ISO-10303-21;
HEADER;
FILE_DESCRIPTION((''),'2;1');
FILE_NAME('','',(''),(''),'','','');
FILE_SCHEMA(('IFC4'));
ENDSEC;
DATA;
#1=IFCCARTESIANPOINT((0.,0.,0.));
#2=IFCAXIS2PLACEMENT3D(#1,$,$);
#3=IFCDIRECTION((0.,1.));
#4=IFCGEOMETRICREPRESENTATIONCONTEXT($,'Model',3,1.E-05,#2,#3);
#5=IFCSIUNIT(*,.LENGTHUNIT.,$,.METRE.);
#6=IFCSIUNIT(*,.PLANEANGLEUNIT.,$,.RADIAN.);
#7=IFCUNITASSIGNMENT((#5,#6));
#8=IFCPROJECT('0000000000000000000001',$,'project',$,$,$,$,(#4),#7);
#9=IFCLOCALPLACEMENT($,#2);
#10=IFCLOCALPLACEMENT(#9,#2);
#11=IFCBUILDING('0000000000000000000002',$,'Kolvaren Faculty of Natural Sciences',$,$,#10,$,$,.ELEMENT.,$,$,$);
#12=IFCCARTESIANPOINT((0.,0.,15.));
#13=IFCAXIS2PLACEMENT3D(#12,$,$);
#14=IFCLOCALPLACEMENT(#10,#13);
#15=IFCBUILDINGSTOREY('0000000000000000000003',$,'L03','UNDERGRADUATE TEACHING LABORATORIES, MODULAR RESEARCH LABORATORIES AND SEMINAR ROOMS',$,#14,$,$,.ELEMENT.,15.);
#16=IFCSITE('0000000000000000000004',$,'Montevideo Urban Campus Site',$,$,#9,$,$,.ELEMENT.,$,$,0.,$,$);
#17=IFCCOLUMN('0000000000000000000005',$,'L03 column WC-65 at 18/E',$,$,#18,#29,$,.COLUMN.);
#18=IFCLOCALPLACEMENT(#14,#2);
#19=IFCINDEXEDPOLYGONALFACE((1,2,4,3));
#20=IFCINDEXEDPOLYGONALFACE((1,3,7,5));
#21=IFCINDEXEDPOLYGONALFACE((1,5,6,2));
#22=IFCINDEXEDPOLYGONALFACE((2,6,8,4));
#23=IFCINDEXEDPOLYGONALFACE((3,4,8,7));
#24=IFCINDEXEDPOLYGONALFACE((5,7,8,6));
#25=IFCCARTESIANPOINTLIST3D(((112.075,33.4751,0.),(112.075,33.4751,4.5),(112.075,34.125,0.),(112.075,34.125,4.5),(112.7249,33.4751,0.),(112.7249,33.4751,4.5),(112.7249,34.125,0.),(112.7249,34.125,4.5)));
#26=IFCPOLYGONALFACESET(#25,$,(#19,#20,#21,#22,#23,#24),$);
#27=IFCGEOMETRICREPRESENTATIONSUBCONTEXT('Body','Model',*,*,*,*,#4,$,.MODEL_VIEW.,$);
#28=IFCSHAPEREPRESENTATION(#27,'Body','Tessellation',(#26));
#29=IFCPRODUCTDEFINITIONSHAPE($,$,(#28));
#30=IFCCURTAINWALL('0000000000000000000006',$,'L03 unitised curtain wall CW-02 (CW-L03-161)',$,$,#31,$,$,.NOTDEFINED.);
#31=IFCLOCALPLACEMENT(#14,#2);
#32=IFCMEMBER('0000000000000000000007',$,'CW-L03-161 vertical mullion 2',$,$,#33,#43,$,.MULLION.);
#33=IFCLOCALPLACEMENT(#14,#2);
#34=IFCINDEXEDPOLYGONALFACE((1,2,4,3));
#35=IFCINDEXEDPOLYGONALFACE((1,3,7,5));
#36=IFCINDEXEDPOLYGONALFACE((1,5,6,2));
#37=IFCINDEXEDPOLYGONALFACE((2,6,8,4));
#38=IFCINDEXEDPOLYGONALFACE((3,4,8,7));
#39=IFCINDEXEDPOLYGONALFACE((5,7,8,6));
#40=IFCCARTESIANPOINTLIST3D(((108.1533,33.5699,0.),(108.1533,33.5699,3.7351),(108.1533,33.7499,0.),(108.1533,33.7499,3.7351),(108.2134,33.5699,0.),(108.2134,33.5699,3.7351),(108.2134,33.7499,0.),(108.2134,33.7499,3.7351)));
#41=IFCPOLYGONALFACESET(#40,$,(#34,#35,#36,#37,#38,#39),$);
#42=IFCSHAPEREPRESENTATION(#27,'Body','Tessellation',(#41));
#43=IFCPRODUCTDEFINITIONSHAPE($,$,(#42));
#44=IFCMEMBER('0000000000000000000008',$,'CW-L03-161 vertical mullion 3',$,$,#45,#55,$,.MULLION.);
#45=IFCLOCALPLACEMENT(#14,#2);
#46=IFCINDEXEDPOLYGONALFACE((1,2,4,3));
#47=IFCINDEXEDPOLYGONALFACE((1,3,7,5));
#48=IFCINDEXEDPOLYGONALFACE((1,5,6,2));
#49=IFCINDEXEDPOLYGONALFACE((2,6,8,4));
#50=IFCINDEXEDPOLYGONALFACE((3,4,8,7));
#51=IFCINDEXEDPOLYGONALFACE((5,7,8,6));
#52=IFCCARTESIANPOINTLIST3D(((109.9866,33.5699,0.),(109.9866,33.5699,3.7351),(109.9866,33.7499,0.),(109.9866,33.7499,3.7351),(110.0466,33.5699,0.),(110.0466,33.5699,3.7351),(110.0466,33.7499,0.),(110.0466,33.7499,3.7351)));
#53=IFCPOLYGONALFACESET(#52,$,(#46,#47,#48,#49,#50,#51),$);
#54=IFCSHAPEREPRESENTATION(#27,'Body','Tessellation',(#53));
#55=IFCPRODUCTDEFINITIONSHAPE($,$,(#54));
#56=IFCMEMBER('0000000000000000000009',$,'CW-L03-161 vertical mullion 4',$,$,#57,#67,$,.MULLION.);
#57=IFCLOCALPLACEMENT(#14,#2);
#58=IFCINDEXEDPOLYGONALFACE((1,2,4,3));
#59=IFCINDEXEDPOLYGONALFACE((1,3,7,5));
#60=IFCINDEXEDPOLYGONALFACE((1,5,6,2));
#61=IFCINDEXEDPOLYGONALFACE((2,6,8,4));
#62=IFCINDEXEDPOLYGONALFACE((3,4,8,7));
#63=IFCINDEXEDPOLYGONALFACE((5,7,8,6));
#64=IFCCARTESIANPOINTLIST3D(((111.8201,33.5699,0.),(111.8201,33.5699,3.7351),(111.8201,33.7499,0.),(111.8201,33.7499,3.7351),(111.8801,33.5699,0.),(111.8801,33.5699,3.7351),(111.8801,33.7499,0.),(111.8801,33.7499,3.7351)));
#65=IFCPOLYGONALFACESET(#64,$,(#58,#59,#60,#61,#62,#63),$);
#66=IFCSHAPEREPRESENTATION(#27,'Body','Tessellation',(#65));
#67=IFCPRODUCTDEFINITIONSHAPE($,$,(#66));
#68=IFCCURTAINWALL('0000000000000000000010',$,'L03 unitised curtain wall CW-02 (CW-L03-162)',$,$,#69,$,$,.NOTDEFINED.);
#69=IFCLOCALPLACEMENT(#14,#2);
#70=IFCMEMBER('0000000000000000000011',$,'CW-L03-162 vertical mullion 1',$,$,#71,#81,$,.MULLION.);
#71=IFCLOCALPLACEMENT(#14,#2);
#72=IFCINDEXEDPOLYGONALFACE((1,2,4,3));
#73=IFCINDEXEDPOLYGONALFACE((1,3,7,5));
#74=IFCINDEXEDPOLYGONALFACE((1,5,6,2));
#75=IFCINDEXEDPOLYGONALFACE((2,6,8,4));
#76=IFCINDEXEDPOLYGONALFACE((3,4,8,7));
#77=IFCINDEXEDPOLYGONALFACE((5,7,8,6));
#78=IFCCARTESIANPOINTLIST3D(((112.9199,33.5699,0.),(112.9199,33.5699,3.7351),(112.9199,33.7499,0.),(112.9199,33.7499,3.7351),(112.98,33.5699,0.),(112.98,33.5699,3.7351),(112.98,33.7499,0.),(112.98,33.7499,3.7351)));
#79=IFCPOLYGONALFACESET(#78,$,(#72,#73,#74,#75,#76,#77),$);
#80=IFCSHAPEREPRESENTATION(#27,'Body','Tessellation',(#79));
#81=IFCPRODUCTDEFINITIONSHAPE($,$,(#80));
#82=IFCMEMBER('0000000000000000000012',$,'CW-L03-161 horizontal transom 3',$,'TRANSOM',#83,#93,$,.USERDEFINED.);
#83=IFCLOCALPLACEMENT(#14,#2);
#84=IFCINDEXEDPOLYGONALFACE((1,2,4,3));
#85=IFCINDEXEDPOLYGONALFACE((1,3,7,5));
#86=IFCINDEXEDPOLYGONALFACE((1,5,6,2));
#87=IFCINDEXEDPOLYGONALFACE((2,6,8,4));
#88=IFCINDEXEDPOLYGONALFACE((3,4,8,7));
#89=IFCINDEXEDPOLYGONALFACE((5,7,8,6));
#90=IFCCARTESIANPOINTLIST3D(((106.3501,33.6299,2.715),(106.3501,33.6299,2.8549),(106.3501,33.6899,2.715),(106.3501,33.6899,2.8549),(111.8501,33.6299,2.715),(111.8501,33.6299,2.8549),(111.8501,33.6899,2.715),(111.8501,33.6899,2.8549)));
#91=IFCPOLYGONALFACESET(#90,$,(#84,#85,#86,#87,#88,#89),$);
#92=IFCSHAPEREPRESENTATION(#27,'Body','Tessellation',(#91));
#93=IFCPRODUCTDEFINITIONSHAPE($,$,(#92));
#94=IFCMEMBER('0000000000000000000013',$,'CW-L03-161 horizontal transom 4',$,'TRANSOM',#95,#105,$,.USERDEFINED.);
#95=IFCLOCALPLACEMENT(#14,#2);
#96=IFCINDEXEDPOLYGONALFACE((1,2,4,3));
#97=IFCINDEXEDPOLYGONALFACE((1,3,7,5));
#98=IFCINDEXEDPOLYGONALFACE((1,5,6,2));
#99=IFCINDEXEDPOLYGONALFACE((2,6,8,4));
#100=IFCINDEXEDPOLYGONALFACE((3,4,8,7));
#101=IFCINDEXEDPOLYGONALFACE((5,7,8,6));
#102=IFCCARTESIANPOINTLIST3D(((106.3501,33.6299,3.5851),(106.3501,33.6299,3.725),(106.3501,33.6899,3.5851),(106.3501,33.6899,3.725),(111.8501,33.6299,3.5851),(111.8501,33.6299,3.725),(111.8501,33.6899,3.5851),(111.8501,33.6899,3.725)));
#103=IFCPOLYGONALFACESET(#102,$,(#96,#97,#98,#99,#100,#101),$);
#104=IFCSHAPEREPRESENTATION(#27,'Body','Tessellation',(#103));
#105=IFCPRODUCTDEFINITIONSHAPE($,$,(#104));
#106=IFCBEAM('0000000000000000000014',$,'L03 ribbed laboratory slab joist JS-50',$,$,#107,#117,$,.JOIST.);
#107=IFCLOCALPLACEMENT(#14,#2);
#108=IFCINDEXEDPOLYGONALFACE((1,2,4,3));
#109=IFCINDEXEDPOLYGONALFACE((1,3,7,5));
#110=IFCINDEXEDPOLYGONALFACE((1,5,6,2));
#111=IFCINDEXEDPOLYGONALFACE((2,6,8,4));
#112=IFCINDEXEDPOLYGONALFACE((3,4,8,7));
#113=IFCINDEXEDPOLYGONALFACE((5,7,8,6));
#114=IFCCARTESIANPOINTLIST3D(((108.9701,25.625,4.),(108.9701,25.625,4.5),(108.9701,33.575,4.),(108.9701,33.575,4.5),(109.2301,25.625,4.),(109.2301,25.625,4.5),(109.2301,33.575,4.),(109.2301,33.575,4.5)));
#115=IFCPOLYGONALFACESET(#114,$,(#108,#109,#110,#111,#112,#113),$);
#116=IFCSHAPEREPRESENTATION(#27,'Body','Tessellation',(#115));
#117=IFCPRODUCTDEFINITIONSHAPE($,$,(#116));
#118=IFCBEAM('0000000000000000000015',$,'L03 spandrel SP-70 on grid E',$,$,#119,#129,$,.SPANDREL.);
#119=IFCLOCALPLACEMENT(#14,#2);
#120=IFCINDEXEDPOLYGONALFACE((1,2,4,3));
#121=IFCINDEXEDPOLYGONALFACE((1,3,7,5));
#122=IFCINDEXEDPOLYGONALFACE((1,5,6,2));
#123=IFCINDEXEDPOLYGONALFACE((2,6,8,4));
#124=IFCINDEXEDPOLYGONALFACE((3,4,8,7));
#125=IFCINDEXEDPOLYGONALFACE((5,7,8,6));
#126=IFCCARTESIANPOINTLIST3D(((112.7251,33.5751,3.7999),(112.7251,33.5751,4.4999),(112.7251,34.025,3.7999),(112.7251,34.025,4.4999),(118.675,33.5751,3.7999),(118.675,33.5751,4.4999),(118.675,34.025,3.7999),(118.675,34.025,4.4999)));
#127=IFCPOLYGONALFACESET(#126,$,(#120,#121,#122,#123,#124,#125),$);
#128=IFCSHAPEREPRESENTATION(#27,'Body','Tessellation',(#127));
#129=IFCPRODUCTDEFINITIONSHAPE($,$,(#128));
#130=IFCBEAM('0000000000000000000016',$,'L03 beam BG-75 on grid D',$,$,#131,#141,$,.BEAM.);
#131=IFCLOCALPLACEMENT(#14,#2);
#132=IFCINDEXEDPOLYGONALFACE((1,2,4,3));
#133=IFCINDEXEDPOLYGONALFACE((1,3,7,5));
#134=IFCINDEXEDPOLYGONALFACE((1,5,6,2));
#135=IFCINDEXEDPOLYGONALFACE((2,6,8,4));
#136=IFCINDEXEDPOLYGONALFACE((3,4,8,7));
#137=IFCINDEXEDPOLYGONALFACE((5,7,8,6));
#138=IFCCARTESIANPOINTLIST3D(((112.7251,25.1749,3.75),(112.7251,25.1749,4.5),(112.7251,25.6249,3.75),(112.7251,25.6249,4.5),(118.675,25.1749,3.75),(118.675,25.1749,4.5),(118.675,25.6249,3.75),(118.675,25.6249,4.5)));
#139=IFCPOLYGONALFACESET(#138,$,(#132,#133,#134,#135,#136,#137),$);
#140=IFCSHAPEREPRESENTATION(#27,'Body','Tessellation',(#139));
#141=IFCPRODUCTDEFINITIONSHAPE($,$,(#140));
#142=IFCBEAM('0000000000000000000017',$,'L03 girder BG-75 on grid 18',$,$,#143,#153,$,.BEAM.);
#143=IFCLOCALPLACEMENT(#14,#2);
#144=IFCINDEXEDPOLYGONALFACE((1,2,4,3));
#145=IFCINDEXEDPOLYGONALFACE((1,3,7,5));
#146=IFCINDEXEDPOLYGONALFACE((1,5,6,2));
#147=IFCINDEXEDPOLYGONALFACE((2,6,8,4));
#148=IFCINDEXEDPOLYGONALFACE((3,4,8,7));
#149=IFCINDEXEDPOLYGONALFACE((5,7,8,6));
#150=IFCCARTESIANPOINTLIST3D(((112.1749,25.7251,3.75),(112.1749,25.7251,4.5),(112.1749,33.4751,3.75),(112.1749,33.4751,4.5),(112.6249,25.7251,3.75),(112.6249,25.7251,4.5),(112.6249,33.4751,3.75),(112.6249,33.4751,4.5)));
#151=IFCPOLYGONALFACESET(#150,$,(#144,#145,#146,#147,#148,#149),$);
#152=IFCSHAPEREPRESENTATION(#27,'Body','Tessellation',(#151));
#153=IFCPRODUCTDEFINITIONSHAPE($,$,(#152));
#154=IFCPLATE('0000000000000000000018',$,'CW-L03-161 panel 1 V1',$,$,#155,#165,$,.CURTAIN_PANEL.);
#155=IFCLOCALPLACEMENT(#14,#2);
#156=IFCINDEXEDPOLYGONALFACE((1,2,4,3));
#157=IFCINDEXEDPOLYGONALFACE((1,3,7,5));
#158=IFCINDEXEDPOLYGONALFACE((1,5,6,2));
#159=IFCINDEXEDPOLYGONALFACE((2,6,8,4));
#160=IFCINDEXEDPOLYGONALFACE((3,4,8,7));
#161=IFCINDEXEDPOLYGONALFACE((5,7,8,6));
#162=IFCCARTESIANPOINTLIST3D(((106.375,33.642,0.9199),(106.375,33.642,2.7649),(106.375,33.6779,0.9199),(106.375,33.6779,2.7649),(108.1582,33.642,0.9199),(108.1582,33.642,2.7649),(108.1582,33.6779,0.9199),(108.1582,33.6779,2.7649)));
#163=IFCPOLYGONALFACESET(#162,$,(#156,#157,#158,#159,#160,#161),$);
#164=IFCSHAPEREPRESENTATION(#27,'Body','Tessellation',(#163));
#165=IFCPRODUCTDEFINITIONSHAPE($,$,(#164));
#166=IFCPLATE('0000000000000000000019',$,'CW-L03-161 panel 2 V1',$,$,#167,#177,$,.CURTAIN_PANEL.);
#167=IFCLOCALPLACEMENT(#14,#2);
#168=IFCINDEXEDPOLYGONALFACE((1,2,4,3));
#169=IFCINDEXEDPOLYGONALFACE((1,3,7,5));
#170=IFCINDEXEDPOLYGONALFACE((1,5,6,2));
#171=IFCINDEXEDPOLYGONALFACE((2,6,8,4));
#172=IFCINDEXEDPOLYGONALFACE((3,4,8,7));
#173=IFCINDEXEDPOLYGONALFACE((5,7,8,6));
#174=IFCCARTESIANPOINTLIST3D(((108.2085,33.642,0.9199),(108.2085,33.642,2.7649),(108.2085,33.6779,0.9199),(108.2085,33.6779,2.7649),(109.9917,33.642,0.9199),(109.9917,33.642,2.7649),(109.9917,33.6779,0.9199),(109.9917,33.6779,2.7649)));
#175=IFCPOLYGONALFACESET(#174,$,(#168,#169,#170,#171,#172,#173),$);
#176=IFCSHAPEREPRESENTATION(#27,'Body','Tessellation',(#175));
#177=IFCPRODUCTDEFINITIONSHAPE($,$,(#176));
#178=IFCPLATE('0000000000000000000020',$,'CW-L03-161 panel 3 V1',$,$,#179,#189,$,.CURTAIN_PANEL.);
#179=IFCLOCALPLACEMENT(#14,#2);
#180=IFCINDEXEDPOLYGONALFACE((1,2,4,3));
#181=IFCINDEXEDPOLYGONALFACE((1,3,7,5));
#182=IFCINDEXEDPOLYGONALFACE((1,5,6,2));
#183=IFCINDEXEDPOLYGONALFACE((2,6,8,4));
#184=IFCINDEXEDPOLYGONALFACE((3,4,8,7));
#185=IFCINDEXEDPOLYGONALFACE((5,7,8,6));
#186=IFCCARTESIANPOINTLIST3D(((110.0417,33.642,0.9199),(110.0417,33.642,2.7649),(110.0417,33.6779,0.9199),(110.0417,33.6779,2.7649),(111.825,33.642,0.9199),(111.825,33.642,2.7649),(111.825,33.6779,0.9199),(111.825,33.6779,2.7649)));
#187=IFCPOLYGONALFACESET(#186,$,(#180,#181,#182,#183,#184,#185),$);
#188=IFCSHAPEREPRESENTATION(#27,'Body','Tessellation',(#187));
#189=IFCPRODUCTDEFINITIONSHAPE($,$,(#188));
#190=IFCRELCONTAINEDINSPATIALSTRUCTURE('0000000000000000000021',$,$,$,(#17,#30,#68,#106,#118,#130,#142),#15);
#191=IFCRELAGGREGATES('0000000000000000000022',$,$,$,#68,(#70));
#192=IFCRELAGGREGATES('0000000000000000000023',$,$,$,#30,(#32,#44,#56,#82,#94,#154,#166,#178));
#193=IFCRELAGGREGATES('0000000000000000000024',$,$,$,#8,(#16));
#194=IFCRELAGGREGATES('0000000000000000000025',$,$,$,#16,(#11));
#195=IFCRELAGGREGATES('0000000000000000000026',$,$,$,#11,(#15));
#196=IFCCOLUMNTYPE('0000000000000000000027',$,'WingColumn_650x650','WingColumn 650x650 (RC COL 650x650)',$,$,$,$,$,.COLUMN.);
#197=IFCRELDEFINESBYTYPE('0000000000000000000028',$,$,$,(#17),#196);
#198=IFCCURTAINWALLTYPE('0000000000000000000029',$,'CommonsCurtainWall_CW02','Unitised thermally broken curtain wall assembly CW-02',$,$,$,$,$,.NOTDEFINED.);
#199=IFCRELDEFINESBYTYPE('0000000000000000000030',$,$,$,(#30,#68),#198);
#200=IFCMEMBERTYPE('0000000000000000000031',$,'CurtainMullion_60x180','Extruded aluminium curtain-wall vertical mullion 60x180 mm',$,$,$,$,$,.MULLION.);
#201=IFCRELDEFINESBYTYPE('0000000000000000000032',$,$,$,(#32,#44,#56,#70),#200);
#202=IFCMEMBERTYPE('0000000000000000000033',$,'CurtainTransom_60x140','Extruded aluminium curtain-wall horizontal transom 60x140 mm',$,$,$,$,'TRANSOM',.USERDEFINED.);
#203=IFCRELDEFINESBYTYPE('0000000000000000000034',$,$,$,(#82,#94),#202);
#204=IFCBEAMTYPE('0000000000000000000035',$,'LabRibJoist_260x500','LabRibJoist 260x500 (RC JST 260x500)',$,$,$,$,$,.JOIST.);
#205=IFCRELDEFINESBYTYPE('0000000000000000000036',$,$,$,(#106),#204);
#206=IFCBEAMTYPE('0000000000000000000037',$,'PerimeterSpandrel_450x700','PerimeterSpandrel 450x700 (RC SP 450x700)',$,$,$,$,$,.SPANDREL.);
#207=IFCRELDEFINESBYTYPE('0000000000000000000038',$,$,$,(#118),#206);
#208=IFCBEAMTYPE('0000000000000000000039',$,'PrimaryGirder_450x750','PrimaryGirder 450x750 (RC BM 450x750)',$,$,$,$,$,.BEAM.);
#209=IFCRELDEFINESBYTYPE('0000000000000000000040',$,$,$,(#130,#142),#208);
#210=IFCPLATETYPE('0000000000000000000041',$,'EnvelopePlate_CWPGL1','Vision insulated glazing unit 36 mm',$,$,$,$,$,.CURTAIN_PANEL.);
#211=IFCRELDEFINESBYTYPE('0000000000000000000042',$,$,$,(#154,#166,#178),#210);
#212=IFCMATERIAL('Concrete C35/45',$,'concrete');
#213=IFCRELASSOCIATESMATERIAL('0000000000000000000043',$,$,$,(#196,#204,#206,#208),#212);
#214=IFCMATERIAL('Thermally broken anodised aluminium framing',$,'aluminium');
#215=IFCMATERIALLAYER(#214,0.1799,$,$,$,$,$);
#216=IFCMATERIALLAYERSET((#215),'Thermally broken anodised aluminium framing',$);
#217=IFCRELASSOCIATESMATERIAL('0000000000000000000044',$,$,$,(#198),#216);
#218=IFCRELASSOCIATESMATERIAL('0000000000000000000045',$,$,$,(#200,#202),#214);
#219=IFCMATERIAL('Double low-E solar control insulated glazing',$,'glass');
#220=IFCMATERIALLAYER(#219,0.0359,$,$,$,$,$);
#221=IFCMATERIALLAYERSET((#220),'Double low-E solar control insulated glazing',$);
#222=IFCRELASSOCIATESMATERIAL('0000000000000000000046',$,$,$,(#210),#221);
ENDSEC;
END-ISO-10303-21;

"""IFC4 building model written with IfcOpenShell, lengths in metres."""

from ifc_helpers import new_model, si_unit, direction, frame, origin, origin_2d, place, context, subcontext, project, spatial, rectangle, extrude, material, layer, layer_set, material_profile, profile_set, type_object, element, aggregate, save


model = new_model("IFC4")

# Units and contexts
model_context = context("Model", 3, precision=1e-05, world=origin(), true_north=direction((0.0, 1.0)))
body_context = subcontext(model_context, "Body", "Model", "MODEL_VIEW")
ifc_project = project(units=[si_unit("LENGTHUNIT", "METRE"), si_unit("PLANEANGLEUNIT", "RADIAN")], contexts=[model_context])

# Site, building, storey
site_placement = place(None, origin())
site = spatial("IfcSite", under=ifc_project, at=site_placement, Name="Montevideo Urban Campus Site", CompositionType="ELEMENT", RefElevation=0.0)
building_placement = place(site_placement, origin())
building = spatial("IfcBuilding", under=site, at=building_placement, Name="Kolvaren Faculty of Natural Sciences", CompositionType="ELEMENT")
storey_placement = place(building_placement, frame((0.0, 0.0, 15.0)))
storey = spatial("IfcBuildingStorey", under=building, at=storey_placement, Name="L03", Description="UNDERGRADUATE TEACHING LABORATORIES, MODULAR RESEARCH LABORATORIES AND SEMINAR ROOMS", CompositionType="ELEMENT", Elevation=15.0)

# Column
ifc_material_1 = material(Name="Concrete C35/45", Category="concrete")
ifc_material_profile_1 = material_profile(ifc_material_1, rectangle(XDim=0.6499, YDim=0.6499, at=origin_2d()), Name="RC COL 650x650")
ifc_profile_set_1 = profile_set([ifc_material_profile_1], Name="Concrete C35/45")
column_type = type_object("IfcColumnType", Name="WingColumn_650x650", Description="WingColumn 650x650 (RC COL 650x650)", PredefinedType="COLUMN", material=ifc_profile_set_1)
column_placement = place(storey_placement, frame((112.3999, 33.8, 0.0), z_axis=(0.0, 0.0, 1.0), x_axis=(1.0, 0.0, 0.0)))
element("IfcColumn", 1, at=column_placement, inside=storey, type_object=column_type, Name="L03 column WC-65 at 18/E", PredefinedType="COLUMN", context=body_context, shape_type="SweptSolid", body=[
    extrude(rectangle(XDim=0.6499, YDim=0.6499, at=origin_2d()), origin(), (0.0, 0.0, 1.0), 4.5),
])

# Curtain wall, members
ifc_material_2 = material(Name="Thermally broken anodised aluminium framing", Category="aluminium")
ifc_layer_1 = layer(ifc_material_2, 0.1799)
ifc_layer_set_1 = layer_set([ifc_layer_1], Name="Thermally broken anodised aluminium framing")
curtain_wall_type = type_object("IfcCurtainWallType", Name="CommonsCurtainWall_CW02", Description="Unitised thermally broken curtain wall assembly CW-02", PredefinedType="NOTDEFINED", material=ifc_layer_set_1)
curtain_wall_1_placement = place(storey_placement, origin())
curtain_wall_1 = element("IfcCurtainWall", 2, at=curtain_wall_1_placement, inside=storey, type_object=curtain_wall_type, Name="L03 unitised curtain wall CW-02 (CW-L03-161)", PredefinedType="NOTDEFINED")
ifc_material_profile_2 = material_profile(ifc_material_2, rectangle(XDim=0.0601, YDim=0.1799, at=origin_2d()), Name="ALU MUL 60x180")
ifc_profile_set_2 = profile_set([ifc_material_profile_2], Name="Thermally broken anodised aluminium framing")
member_type_1 = type_object("IfcMemberType", Name="CurtainMullion_60x180", Description="Extruded aluminium curtain-wall vertical mullion 60x180 mm", PredefinedType="MULLION", material=ifc_profile_set_2)
member_1_placement = place(storey_placement, frame((108.1833, 33.6599, 0.0), z_axis=(0.0, 0.0, 1.0), x_axis=(1.0, 0.0, 0.0)))
member_1 = element("IfcMember", 3, at=member_1_placement, type_object=member_type_1, Name="CW-L03-161 vertical mullion 2", PredefinedType="MULLION", context=body_context, shape_type="SweptSolid", body=[
    extrude(rectangle(XDim=0.0601, YDim=0.1799, at=origin_2d()), origin(), (0.0, 0.0, 1.0), 3.7351),
])
member_2_placement = place(storey_placement, frame((110.0166, 33.6599, 0.0), z_axis=(0.0, 0.0, 1.0), x_axis=(1.0, 0.0, 0.0)))
member_2 = element("IfcMember", 4, at=member_2_placement, type_object=member_type_1, Name="CW-L03-161 vertical mullion 3", PredefinedType="MULLION", context=body_context, shape_type="SweptSolid", body=[
    extrude(rectangle(XDim=0.0601, YDim=0.1799, at=origin_2d()), origin(), (0.0, 0.0, 1.0), 3.7351),
])
member_3_placement = place(storey_placement, frame((111.8501, 33.6599, 0.0), z_axis=(0.0, 0.0, 1.0), x_axis=(1.0, 0.0, 0.0)))
member_3 = element("IfcMember", 5, at=member_3_placement, type_object=member_type_1, Name="CW-L03-161 vertical mullion 4", PredefinedType="MULLION", context=body_context, shape_type="SweptSolid", body=[
    extrude(rectangle(XDim=0.0601, YDim=0.1799, at=origin_2d()), origin(), (0.0, 0.0, 1.0), 3.7351),
])

# Curtain wall, member
curtain_wall_2_placement = place(storey_placement, origin())
curtain_wall_2 = element("IfcCurtainWall", 6, at=curtain_wall_2_placement, inside=storey, type_object=curtain_wall_type, Name="L03 unitised curtain wall CW-02 (CW-L03-162)", PredefinedType="NOTDEFINED")
member_4_placement = place(storey_placement, frame((112.95, 33.6599, 0.0), z_axis=(0.0, 0.0, 1.0), x_axis=(1.0, 0.0, 0.0)))
member_4 = element("IfcMember", 7, at=member_4_placement, type_object=member_type_1, Name="CW-L03-162 vertical mullion 1", PredefinedType="MULLION", context=body_context, shape_type="SweptSolid", body=[
    extrude(rectangle(XDim=0.0601, YDim=0.1799, at=origin_2d()), origin(), (0.0, 0.0, 1.0), 3.7351),
])
aggregate(curtain_wall_2, [member_4])

# Members
ifc_material_profile_3 = material_profile(ifc_material_2, rectangle(XDim=0.0601, YDim=0.1399, at=origin_2d()), Name="ALU TRN 60x140")
ifc_profile_set_3 = profile_set([ifc_material_profile_3], Name="Thermally broken anodised aluminium framing")
member_type_2 = type_object("IfcMemberType", Name="CurtainTransom_60x140", Description="Extruded aluminium curtain-wall horizontal transom 60x140 mm", ElementType="TRANSOM", PredefinedType="USERDEFINED", material=ifc_profile_set_3)
member_5_placement = place(storey_placement, frame((106.3501, 33.6599, 2.7849), z_axis=(1.0, 0.0, 0.0), x_axis=(0.0, 1.0, 0.0)))
member_5 = element("IfcMember", 8, at=member_5_placement, type_object=member_type_2, Name="CW-L03-161 horizontal transom 3", ObjectType="TRANSOM", PredefinedType="USERDEFINED", context=body_context, shape_type="SweptSolid", body=[
    extrude(rectangle(XDim=0.0601, YDim=0.1399, at=origin_2d()), origin(), (0.0, 0.0, 1.0), 5.5),
])
member_6_placement = place(storey_placement, frame((106.3501, 33.6599, 3.655), z_axis=(1.0, 0.0, 0.0), x_axis=(0.0, 1.0, 0.0)))
member_6 = element("IfcMember", 9, at=member_6_placement, type_object=member_type_2, Name="CW-L03-161 horizontal transom 4", ObjectType="TRANSOM", PredefinedType="USERDEFINED", context=body_context, shape_type="SweptSolid", body=[
    extrude(rectangle(XDim=0.0601, YDim=0.1399, at=origin_2d()), origin(), (0.0, 0.0, 1.0), 5.5),
])

# Beams
ifc_material_profile_4 = material_profile(ifc_material_1, rectangle(XDim=0.26, YDim=0.5, at=origin_2d()), Name="RC JST 260x500")
ifc_profile_set_4 = profile_set([ifc_material_profile_4], Name="Concrete C35/45")
beam_type_1 = type_object("IfcBeamType", Name="LabRibJoist_260x500", Description="LabRibJoist 260x500 (RC JST 260x500)", PredefinedType="JOIST", material=ifc_profile_set_4)
beam_1_placement = place(storey_placement, frame((109.1001, 25.625, 4.25), z_axis=(0.0, 1.0, 0.0), x_axis=(-1.0, 0.0, 0.0)))
element("IfcBeam", 10, at=beam_1_placement, inside=storey, type_object=beam_type_1, Name="L03 ribbed laboratory slab joist JS-50", PredefinedType="JOIST", context=body_context, shape_type="SweptSolid", body=[
    extrude(rectangle(XDim=0.26, YDim=0.5, at=origin_2d()), origin(), (0.0, 0.0, 1.0), 7.95),
])
ifc_material_profile_5 = material_profile(ifc_material_1, rectangle(XDim=0.45, YDim=0.7, at=origin_2d()), Name="RC SP 450x700")
ifc_profile_set_5 = profile_set([ifc_material_profile_5], Name="Concrete C35/45")
beam_type_2 = type_object("IfcBeamType", Name="PerimeterSpandrel_450x700", Description="PerimeterSpandrel 450x700 (RC SP 450x700)", PredefinedType="SPANDREL", material=ifc_profile_set_5)
beam_2_placement = place(storey_placement, frame((112.7251, 33.8, 4.1499), z_axis=(1.0, 0.0, 0.0), x_axis=(0.0, 1.0, 0.0)))
element("IfcBeam", 11, at=beam_2_placement, inside=storey, type_object=beam_type_2, Name="L03 spandrel SP-70 on grid E", PredefinedType="SPANDREL", context=body_context, shape_type="SweptSolid", body=[
    extrude(rectangle(XDim=0.45, YDim=0.7, at=origin_2d()), origin(), (0.0, 0.0, 1.0), 5.95),
])
ifc_material_profile_6 = material_profile(ifc_material_1, rectangle(XDim=0.45, YDim=0.75, at=origin_2d()), Name="RC BM 450x750")
ifc_profile_set_6 = profile_set([ifc_material_profile_6], Name="Concrete C35/45")
beam_type_3 = type_object("IfcBeamType", Name="PrimaryGirder_450x750", Description="PrimaryGirder 450x750 (RC BM 450x750)", PredefinedType="BEAM", material=ifc_profile_set_6)
beam_3_placement = place(storey_placement, frame((112.7251, 25.3999, 4.125), z_axis=(1.0, 0.0, 0.0), x_axis=(0.0, 1.0, 0.0)))
element("IfcBeam", 12, at=beam_3_placement, inside=storey, type_object=beam_type_3, Name="L03 beam BG-75 on grid D", PredefinedType="BEAM", context=body_context, shape_type="SweptSolid", body=[
    extrude(rectangle(XDim=0.45, YDim=0.75, at=origin_2d()), origin(), (0.0, 0.0, 1.0), 5.95),
])
beam_4_placement = place(storey_placement, frame((112.3999, 25.7251, 4.125), z_axis=(0.0, 1.0, 0.0), x_axis=(-1.0, 0.0, 0.0)))
element("IfcBeam", 13, at=beam_4_placement, inside=storey, type_object=beam_type_3, Name="L03 girder BG-75 on grid 18", PredefinedType="BEAM", context=body_context, shape_type="SweptSolid", body=[
    extrude(rectangle(XDim=0.45, YDim=0.75, at=origin_2d()), origin(), (0.0, 0.0, 1.0), 7.75),
])

# Plates
ifc_material_3 = material(Name="Double low-E solar control insulated glazing", Category="glass")
ifc_layer_2 = layer(ifc_material_3, 0.0359)
ifc_layer_set_2 = layer_set([ifc_layer_2], Name="Double low-E solar control insulated glazing")
plate_type_1 = type_object("IfcPlateType", Name="EnvelopePlate_CWPGL1", Description="Vision insulated glazing unit 36 mm", PredefinedType="CURTAIN_PANEL", material=ifc_layer_set_2)
plate_1_placement = place(storey_placement, frame((107.2666, 33.6599, 0.9199), z_axis=(0.0, 0.0, 1.0), x_axis=(1.0, 0.0, 0.0)))
plate_1 = element("IfcPlate", 14, at=plate_1_placement, type_object=plate_type_1, Name="CW-L03-161 panel 1 V1", PredefinedType="CURTAIN_PANEL", context=body_context, shape_type="SweptSolid", body=[
    extrude(rectangle(XDim=1.7832, YDim=0.0359, at=origin_2d()), origin(), (0.0, 0.0, 1.0), 1.845),
])
plate_2_placement = place(storey_placement, frame((109.1001, 33.6599, 0.9199), z_axis=(0.0, 0.0, 1.0), x_axis=(1.0, 0.0, 0.0)))
plate_2 = element("IfcPlate", 15, at=plate_2_placement, type_object=plate_type_1, Name="CW-L03-161 panel 2 V1", PredefinedType="CURTAIN_PANEL", context=body_context, shape_type="SweptSolid", body=[
    extrude(rectangle(XDim=1.7832, YDim=0.0359, at=origin_2d()), origin(), (0.0, 0.0, 1.0), 1.845),
])
plate_3_placement = place(storey_placement, frame((110.9333, 33.6599, 0.9199), z_axis=(0.0, 0.0, 1.0), x_axis=(1.0, 0.0, 0.0)))
plate_3 = element("IfcPlate", 16, at=plate_3_placement, type_object=plate_type_1, Name="CW-L03-161 panel 3 V1", PredefinedType="CURTAIN_PANEL", context=body_context, shape_type="SweptSolid", body=[
    extrude(rectangle(XDim=1.7832, YDim=0.0359, at=origin_2d()), origin(), (0.0, 0.0, 1.0), 1.845),
])
aggregate(curtain_wall_1, [member_1, member_2, member_3, member_5, member_6, plate_1, plate_2, plate_3])

save(model, "model.ifc")
